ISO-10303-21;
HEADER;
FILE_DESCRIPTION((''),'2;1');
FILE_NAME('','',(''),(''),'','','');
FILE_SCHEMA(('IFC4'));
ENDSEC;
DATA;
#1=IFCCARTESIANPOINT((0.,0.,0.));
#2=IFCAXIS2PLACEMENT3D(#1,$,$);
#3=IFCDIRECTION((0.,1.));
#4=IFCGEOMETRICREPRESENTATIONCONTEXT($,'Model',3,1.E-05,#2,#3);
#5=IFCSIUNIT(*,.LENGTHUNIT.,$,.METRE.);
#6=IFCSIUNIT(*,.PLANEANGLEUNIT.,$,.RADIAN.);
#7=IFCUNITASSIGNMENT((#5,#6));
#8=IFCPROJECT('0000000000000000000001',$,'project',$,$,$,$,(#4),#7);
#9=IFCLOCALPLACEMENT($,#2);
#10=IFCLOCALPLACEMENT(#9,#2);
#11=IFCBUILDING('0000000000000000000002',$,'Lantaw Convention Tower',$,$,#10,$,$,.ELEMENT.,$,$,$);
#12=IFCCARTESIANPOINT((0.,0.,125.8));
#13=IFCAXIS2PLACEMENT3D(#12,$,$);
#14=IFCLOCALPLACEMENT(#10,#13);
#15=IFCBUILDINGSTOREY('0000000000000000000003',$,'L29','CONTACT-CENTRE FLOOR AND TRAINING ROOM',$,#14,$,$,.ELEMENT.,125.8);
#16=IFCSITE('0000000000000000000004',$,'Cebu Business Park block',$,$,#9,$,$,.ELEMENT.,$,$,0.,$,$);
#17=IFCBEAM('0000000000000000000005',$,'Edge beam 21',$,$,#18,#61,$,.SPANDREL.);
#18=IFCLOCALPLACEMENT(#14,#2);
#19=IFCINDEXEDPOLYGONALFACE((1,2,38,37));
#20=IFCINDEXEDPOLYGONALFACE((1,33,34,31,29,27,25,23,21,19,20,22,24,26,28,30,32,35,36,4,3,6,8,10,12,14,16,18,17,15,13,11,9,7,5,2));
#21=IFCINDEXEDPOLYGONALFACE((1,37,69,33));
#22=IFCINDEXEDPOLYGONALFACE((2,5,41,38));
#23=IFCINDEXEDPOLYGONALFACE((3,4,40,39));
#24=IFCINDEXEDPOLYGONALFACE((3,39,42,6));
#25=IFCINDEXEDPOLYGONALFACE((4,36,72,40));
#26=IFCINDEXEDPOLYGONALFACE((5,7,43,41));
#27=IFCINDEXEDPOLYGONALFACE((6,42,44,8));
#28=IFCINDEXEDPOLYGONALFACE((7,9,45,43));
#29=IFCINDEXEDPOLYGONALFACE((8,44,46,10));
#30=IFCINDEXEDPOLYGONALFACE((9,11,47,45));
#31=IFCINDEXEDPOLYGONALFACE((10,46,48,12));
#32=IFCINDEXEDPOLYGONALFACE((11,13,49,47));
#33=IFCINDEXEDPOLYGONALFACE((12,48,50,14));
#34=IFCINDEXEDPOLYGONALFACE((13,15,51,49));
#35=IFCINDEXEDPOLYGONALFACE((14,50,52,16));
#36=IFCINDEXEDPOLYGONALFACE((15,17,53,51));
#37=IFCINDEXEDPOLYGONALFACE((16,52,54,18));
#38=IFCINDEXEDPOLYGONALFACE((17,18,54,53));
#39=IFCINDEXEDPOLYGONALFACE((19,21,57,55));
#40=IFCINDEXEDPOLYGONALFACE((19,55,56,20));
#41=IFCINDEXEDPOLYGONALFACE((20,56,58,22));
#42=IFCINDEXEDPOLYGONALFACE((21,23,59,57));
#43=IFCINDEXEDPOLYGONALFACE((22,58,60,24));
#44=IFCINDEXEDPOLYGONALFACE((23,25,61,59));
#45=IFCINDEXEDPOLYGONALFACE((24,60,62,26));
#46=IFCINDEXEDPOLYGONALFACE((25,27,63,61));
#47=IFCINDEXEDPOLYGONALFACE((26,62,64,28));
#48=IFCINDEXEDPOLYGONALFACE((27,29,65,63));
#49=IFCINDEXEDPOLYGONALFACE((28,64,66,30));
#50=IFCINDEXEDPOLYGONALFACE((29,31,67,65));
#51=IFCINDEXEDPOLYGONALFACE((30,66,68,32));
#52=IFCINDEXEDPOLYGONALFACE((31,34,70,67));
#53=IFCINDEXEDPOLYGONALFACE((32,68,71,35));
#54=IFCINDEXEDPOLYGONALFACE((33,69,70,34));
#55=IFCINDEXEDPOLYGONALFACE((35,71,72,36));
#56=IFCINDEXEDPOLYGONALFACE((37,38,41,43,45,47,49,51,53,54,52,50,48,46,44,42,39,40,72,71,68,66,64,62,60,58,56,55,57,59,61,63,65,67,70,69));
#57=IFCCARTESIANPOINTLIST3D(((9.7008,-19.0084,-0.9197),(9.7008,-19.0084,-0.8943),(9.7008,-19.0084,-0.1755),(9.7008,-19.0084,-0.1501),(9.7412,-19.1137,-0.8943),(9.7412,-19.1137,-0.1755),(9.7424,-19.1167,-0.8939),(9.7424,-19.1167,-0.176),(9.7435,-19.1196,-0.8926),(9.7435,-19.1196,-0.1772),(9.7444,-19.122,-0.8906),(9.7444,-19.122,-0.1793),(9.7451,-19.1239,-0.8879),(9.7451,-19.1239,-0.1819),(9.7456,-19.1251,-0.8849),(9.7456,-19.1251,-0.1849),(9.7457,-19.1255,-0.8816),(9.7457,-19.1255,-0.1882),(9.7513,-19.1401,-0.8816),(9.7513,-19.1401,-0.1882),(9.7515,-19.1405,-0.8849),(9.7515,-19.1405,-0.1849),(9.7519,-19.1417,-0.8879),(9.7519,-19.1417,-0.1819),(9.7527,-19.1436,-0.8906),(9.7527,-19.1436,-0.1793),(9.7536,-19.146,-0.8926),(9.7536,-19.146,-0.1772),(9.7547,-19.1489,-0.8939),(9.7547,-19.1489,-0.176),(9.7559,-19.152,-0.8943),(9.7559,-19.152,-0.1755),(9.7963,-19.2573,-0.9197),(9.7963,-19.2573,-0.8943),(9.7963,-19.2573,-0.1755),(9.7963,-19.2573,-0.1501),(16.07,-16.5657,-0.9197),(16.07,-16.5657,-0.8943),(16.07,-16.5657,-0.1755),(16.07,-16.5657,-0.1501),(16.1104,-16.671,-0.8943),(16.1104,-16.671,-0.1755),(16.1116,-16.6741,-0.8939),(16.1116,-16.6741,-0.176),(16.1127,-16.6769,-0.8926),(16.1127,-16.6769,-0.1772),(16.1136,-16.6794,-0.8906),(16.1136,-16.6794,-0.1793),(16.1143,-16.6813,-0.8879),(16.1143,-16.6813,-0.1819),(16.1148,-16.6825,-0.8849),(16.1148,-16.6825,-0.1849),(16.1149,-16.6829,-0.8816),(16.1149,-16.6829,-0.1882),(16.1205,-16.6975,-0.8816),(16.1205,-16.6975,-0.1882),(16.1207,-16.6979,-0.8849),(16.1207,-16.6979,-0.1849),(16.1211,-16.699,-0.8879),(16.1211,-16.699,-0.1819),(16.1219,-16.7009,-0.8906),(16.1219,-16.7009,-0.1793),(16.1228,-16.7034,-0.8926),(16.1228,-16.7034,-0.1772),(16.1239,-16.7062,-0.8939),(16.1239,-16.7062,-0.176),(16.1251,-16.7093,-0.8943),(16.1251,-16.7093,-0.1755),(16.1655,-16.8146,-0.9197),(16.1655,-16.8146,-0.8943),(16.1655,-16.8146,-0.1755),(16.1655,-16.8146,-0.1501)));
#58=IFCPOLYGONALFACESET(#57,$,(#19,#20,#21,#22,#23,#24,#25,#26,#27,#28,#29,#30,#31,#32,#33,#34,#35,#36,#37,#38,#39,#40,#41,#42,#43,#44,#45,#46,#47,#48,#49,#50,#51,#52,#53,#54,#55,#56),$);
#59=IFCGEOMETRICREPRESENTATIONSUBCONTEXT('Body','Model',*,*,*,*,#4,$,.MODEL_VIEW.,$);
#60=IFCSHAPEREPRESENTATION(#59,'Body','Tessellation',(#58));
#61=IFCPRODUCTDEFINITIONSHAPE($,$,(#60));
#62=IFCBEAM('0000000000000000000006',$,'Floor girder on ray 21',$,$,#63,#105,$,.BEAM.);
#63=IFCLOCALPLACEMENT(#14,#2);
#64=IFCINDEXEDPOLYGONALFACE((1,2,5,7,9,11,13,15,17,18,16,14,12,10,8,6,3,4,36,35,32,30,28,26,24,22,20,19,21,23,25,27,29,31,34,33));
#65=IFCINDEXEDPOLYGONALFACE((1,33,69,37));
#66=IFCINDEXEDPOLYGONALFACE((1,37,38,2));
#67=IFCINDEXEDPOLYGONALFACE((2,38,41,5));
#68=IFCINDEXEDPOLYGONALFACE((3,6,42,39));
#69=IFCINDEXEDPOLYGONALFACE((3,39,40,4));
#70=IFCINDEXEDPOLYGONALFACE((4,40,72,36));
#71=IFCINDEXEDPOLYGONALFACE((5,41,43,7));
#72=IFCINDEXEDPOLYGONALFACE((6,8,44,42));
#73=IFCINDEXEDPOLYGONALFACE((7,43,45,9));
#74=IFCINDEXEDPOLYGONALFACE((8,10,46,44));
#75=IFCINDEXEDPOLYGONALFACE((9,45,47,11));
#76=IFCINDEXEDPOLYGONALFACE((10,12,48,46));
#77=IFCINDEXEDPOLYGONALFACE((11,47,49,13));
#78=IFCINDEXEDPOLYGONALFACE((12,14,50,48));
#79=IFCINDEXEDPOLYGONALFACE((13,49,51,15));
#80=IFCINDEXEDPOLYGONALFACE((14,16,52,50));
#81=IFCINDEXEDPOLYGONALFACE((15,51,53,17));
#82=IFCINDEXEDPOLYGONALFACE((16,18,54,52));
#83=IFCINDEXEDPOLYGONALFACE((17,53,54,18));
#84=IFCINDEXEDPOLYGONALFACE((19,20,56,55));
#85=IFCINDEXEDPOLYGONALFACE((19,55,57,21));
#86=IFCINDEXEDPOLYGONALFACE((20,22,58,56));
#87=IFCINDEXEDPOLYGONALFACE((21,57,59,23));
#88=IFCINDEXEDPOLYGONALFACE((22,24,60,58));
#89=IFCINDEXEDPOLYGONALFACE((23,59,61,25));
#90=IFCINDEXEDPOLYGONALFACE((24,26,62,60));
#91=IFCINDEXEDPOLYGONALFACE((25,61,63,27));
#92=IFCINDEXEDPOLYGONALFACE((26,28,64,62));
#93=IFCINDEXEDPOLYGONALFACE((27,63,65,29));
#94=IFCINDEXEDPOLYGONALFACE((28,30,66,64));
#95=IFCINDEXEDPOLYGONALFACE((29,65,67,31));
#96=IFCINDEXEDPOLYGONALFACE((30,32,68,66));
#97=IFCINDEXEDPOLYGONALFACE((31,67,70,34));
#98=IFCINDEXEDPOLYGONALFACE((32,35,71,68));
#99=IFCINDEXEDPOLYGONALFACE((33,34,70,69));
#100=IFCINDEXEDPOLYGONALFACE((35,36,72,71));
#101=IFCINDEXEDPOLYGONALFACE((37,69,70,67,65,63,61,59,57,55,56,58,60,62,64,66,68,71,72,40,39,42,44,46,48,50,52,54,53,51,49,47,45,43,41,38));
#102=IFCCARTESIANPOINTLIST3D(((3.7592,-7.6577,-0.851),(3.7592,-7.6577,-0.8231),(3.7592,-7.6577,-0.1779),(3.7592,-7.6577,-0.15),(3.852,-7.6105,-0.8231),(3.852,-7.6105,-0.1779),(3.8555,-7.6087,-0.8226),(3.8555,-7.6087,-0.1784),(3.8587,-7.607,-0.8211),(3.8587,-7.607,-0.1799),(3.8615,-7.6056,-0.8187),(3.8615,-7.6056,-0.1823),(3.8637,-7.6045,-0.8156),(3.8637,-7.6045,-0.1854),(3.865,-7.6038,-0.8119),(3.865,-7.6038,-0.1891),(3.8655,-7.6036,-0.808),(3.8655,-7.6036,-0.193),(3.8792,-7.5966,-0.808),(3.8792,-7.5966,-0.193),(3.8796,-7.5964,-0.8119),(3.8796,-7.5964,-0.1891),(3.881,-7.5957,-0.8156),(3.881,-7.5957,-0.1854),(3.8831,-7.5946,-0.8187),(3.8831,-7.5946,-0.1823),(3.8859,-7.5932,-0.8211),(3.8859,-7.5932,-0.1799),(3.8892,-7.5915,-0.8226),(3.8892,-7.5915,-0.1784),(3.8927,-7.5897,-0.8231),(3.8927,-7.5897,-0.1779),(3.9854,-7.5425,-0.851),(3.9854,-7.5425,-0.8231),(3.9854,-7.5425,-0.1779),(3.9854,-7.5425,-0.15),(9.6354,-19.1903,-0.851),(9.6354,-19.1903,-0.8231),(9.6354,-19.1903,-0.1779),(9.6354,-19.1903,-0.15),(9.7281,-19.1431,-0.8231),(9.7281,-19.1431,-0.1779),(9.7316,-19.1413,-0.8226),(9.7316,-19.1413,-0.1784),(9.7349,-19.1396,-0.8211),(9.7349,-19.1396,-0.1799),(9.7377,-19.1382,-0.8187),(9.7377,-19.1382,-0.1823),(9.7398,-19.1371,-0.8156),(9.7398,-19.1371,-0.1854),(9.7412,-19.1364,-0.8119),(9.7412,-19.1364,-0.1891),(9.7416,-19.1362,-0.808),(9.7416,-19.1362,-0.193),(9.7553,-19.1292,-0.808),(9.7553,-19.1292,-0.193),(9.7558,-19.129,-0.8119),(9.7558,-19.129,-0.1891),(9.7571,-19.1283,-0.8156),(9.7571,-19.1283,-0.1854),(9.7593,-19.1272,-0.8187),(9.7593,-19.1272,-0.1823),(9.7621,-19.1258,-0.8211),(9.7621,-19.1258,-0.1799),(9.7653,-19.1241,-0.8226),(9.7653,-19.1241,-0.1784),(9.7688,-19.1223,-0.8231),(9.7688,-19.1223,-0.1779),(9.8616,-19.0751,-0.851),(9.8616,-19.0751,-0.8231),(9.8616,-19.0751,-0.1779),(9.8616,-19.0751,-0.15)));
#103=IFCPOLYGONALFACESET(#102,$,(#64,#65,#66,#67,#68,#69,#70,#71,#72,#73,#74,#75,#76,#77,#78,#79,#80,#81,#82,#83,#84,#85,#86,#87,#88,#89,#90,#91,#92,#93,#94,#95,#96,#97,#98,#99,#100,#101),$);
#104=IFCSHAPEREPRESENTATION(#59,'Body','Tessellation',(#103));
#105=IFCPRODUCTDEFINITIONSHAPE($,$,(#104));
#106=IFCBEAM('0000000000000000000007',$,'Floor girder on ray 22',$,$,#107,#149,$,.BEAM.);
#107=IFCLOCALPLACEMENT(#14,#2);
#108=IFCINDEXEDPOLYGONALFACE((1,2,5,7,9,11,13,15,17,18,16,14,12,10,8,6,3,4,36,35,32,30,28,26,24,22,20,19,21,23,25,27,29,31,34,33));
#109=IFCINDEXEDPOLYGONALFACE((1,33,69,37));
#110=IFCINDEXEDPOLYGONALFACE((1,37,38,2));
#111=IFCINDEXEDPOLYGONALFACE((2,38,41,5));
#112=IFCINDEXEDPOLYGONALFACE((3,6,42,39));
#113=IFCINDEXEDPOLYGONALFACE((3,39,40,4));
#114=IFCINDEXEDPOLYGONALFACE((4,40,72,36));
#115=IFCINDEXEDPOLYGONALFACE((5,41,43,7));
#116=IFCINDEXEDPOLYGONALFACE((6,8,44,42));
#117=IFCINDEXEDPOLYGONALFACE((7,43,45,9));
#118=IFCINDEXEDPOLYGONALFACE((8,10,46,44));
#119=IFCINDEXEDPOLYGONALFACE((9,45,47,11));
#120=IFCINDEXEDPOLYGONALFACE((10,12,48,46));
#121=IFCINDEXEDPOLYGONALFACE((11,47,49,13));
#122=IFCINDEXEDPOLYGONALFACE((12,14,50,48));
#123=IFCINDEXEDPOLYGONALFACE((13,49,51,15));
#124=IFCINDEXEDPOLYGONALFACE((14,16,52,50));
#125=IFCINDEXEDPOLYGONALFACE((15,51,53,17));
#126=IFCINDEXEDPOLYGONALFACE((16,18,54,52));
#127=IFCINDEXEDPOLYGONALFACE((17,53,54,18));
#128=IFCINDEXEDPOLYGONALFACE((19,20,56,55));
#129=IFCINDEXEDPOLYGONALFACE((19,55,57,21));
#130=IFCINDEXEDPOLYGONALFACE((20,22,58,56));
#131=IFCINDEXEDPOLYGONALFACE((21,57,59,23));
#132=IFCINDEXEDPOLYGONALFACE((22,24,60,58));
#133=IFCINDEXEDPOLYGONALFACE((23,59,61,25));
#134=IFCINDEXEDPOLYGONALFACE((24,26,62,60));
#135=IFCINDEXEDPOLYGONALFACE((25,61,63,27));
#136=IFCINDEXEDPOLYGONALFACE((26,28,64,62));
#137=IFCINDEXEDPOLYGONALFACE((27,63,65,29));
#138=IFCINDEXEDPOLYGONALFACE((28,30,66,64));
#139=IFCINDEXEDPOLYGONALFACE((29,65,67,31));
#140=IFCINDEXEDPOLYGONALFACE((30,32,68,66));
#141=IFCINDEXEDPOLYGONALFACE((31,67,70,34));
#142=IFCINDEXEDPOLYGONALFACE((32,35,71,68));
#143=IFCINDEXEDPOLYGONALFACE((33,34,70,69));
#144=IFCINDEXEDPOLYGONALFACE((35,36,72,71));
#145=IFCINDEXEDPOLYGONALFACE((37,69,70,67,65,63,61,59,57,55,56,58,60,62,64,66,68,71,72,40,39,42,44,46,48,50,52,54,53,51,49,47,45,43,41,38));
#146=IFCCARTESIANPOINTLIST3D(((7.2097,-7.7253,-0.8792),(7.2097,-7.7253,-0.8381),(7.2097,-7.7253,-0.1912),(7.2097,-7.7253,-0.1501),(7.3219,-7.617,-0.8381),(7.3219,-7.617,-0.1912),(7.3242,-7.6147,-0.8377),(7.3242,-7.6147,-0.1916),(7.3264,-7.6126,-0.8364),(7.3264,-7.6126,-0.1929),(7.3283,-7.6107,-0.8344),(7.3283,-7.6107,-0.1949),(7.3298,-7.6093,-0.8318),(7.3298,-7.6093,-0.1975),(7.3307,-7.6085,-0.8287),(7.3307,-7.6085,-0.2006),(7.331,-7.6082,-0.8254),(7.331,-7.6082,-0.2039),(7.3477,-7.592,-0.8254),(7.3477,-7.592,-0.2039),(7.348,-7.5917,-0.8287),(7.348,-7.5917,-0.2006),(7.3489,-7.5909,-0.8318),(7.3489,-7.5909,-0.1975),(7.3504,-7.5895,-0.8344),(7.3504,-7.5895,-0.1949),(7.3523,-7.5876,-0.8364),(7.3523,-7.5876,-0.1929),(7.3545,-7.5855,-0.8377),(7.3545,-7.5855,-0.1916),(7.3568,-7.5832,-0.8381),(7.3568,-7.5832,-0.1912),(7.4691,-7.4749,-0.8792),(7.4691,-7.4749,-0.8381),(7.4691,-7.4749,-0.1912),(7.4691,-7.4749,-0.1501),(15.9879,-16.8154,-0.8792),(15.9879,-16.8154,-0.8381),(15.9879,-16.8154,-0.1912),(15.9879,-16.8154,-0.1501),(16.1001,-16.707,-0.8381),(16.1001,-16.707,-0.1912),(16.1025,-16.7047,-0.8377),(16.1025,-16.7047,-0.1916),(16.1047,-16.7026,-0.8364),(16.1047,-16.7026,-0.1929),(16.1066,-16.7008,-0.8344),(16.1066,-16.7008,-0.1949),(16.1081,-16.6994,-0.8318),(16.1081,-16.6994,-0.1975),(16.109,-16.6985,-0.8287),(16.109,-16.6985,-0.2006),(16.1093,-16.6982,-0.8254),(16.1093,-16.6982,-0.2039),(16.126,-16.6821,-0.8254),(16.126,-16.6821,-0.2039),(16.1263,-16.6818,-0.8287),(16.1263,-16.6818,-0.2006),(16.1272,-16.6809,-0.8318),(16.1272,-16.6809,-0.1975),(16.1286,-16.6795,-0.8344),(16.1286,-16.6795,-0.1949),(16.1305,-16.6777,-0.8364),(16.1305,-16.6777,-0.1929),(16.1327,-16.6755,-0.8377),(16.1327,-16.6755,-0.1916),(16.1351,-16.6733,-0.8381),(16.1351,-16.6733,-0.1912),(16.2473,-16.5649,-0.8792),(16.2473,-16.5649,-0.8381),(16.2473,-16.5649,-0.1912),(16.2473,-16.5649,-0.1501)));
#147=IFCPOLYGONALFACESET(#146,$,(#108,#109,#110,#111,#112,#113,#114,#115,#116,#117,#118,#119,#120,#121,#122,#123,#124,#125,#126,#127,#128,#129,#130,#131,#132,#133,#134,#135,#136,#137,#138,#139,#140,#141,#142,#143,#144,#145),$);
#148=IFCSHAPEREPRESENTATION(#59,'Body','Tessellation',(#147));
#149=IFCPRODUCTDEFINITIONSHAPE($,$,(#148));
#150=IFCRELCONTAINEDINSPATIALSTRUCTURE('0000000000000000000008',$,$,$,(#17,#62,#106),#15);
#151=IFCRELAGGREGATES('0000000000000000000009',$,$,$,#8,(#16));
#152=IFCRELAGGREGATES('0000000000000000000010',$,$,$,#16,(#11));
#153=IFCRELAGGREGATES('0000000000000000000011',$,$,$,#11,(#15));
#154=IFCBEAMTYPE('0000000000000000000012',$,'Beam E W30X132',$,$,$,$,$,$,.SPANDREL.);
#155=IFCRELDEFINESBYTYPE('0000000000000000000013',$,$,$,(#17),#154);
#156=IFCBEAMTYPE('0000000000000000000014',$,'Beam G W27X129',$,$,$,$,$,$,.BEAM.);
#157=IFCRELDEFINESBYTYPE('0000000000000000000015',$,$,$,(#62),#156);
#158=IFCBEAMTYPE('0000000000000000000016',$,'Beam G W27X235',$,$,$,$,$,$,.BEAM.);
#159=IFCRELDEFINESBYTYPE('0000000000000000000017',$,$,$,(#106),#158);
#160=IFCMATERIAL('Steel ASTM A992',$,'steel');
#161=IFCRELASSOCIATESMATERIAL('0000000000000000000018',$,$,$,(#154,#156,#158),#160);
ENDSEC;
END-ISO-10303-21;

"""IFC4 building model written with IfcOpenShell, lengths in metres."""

from ifc_helpers import new_model, si_unit, direction, frame, origin, origin_2d, place, context, subcontext, project, spatial, i_section, extrude, material, material_profile, profile_set, type_object, element, save


model = new_model("IFC4")

# Units and contexts
model_context = context("Model", 3, precision=1e-05, world=origin(), true_north=direction((0.0, 1.0)))
body_context = subcontext(model_context, "Body", "Model", "MODEL_VIEW")
ifc_project = project(units=[si_unit("LENGTHUNIT", "METRE"), si_unit("PLANEANGLEUNIT", "RADIAN")], contexts=[model_context])

# Site, building, storey
site_placement = place(None, origin())
site = spatial("IfcSite", under=ifc_project, at=site_placement, Name="Cebu Business Park block", CompositionType="ELEMENT", RefElevation=0.0)
building_placement = place(site_placement, origin())
building = spatial("IfcBuilding", under=site, at=building_placement, Name="Lantaw Convention Tower", CompositionType="ELEMENT")
storey_placement = place(building_placement, frame((0.0, 0.0, 125.8)))
storey = spatial("IfcBuildingStorey", under=building, at=storey_placement, Name="L29", Description="CONTACT-CENTRE FLOOR AND TRAINING ROOM", CompositionType="ELEMENT", Elevation=125.8)

# Beams
ifc_material_1 = material(Name="Steel ASTM A992", Category="steel")
ifc_material_profile_1 = material_profile(ifc_material_1, i_section(OverallWidth=0.2666, OverallDepth=0.7695, WebThickness=0.0156, FlangeThickness=0.0254, FilletRadius=0.0127, at=origin_2d()), Name="W30X132")
ifc_profile_set_1 = profile_set([ifc_material_profile_1], Name="Steel ASTM A992")
beam_type_1 = type_object("IfcBeamType", Name="Beam E W30X132", PredefinedType="SPANDREL", material=ifc_profile_set_1)
beam_1_placement = place(storey_placement, frame((9.7485, -19.1328, -0.5349), z_axis=(0.933691, 0.35808, 0.0), x_axis=(-0.35808, 0.933691, 0.0)))
element("IfcBeam", 1, at=beam_1_placement, inside=storey, type_object=beam_type_1, Name="Edge beam 21", PredefinedType="SPANDREL", context=body_context, shape_type="SweptSolid", body=[
    extrude(i_section(OverallWidth=0.2666, OverallDepth=0.7695, WebThickness=0.0156, FlangeThickness=0.0254, FilletRadius=0.0127, at=origin_2d()), origin(), (0.0, 0.0, 1.0), 6.8215),
])
ifc_material_profile_2 = material_profile(ifc_material_1, i_section(OverallWidth=0.2539, OverallDepth=0.7009, WebThickness=0.0154, FlangeThickness=0.0278, FilletRadius=0.0151, at=origin_2d()), Name="W27X129")
ifc_profile_set_2 = profile_set([ifc_material_profile_2], Name="Steel ASTM A992")
beam_type_2 = type_object("IfcBeamType", Name="Beam G W27X129", PredefinedType="BEAM", material=ifc_profile_set_2)
beam_2_placement = place(storey_placement, frame((3.8723, -7.6001, -0.5005), z_axis=(0.453991, -0.891006, 0.0), x_axis=(0.891006, 0.453991, 0.0)))
element("IfcBeam", 2, at=beam_2_placement, inside=storey, type_object=beam_type_2, Name="Floor girder on ray 21", PredefinedType="BEAM", context=body_context, shape_type="SweptSolid", body=[
    extrude(i_section(OverallWidth=0.2539, OverallDepth=0.7009, WebThickness=0.0154, FlangeThickness=0.0278, FilletRadius=0.0151, at=origin_2d()), origin(), (0.0, 0.0, 1.0), 12.9434),
])
ifc_material_profile_3 = material_profile(ifc_material_1, i_section(OverallWidth=0.3606, OverallDepth=0.729, WebThickness=0.0232, FlangeThickness=0.041, FilletRadius=0.0127, at=origin_2d()), Name="W27X235")
ifc_profile_set_3 = profile_set([ifc_material_profile_3], Name="Steel ASTM A992")
beam_type_3 = type_object("IfcBeamType", Name="Beam G W27X235", PredefinedType="BEAM", material=ifc_profile_set_3)
beam_3_placement = place(storey_placement, frame((7.3394, -7.6001, -0.5146), z_axis=(0.694663, -0.719335, 0.0), x_axis=(0.719335, 0.694663, 0.0)))
element("IfcBeam", 3, at=beam_3_placement, inside=storey, type_object=beam_type_3, Name="Floor girder on ray 22", PredefinedType="BEAM", context=body_context, shape_type="SweptSolid", body=[
    extrude(i_section(OverallWidth=0.3606, OverallDepth=0.729, WebThickness=0.0232, FlangeThickness=0.041, FilletRadius=0.0127, at=origin_2d()), origin(), (0.0, 0.0, 1.0), 12.6367),
])

save(model, "model.ifc")
